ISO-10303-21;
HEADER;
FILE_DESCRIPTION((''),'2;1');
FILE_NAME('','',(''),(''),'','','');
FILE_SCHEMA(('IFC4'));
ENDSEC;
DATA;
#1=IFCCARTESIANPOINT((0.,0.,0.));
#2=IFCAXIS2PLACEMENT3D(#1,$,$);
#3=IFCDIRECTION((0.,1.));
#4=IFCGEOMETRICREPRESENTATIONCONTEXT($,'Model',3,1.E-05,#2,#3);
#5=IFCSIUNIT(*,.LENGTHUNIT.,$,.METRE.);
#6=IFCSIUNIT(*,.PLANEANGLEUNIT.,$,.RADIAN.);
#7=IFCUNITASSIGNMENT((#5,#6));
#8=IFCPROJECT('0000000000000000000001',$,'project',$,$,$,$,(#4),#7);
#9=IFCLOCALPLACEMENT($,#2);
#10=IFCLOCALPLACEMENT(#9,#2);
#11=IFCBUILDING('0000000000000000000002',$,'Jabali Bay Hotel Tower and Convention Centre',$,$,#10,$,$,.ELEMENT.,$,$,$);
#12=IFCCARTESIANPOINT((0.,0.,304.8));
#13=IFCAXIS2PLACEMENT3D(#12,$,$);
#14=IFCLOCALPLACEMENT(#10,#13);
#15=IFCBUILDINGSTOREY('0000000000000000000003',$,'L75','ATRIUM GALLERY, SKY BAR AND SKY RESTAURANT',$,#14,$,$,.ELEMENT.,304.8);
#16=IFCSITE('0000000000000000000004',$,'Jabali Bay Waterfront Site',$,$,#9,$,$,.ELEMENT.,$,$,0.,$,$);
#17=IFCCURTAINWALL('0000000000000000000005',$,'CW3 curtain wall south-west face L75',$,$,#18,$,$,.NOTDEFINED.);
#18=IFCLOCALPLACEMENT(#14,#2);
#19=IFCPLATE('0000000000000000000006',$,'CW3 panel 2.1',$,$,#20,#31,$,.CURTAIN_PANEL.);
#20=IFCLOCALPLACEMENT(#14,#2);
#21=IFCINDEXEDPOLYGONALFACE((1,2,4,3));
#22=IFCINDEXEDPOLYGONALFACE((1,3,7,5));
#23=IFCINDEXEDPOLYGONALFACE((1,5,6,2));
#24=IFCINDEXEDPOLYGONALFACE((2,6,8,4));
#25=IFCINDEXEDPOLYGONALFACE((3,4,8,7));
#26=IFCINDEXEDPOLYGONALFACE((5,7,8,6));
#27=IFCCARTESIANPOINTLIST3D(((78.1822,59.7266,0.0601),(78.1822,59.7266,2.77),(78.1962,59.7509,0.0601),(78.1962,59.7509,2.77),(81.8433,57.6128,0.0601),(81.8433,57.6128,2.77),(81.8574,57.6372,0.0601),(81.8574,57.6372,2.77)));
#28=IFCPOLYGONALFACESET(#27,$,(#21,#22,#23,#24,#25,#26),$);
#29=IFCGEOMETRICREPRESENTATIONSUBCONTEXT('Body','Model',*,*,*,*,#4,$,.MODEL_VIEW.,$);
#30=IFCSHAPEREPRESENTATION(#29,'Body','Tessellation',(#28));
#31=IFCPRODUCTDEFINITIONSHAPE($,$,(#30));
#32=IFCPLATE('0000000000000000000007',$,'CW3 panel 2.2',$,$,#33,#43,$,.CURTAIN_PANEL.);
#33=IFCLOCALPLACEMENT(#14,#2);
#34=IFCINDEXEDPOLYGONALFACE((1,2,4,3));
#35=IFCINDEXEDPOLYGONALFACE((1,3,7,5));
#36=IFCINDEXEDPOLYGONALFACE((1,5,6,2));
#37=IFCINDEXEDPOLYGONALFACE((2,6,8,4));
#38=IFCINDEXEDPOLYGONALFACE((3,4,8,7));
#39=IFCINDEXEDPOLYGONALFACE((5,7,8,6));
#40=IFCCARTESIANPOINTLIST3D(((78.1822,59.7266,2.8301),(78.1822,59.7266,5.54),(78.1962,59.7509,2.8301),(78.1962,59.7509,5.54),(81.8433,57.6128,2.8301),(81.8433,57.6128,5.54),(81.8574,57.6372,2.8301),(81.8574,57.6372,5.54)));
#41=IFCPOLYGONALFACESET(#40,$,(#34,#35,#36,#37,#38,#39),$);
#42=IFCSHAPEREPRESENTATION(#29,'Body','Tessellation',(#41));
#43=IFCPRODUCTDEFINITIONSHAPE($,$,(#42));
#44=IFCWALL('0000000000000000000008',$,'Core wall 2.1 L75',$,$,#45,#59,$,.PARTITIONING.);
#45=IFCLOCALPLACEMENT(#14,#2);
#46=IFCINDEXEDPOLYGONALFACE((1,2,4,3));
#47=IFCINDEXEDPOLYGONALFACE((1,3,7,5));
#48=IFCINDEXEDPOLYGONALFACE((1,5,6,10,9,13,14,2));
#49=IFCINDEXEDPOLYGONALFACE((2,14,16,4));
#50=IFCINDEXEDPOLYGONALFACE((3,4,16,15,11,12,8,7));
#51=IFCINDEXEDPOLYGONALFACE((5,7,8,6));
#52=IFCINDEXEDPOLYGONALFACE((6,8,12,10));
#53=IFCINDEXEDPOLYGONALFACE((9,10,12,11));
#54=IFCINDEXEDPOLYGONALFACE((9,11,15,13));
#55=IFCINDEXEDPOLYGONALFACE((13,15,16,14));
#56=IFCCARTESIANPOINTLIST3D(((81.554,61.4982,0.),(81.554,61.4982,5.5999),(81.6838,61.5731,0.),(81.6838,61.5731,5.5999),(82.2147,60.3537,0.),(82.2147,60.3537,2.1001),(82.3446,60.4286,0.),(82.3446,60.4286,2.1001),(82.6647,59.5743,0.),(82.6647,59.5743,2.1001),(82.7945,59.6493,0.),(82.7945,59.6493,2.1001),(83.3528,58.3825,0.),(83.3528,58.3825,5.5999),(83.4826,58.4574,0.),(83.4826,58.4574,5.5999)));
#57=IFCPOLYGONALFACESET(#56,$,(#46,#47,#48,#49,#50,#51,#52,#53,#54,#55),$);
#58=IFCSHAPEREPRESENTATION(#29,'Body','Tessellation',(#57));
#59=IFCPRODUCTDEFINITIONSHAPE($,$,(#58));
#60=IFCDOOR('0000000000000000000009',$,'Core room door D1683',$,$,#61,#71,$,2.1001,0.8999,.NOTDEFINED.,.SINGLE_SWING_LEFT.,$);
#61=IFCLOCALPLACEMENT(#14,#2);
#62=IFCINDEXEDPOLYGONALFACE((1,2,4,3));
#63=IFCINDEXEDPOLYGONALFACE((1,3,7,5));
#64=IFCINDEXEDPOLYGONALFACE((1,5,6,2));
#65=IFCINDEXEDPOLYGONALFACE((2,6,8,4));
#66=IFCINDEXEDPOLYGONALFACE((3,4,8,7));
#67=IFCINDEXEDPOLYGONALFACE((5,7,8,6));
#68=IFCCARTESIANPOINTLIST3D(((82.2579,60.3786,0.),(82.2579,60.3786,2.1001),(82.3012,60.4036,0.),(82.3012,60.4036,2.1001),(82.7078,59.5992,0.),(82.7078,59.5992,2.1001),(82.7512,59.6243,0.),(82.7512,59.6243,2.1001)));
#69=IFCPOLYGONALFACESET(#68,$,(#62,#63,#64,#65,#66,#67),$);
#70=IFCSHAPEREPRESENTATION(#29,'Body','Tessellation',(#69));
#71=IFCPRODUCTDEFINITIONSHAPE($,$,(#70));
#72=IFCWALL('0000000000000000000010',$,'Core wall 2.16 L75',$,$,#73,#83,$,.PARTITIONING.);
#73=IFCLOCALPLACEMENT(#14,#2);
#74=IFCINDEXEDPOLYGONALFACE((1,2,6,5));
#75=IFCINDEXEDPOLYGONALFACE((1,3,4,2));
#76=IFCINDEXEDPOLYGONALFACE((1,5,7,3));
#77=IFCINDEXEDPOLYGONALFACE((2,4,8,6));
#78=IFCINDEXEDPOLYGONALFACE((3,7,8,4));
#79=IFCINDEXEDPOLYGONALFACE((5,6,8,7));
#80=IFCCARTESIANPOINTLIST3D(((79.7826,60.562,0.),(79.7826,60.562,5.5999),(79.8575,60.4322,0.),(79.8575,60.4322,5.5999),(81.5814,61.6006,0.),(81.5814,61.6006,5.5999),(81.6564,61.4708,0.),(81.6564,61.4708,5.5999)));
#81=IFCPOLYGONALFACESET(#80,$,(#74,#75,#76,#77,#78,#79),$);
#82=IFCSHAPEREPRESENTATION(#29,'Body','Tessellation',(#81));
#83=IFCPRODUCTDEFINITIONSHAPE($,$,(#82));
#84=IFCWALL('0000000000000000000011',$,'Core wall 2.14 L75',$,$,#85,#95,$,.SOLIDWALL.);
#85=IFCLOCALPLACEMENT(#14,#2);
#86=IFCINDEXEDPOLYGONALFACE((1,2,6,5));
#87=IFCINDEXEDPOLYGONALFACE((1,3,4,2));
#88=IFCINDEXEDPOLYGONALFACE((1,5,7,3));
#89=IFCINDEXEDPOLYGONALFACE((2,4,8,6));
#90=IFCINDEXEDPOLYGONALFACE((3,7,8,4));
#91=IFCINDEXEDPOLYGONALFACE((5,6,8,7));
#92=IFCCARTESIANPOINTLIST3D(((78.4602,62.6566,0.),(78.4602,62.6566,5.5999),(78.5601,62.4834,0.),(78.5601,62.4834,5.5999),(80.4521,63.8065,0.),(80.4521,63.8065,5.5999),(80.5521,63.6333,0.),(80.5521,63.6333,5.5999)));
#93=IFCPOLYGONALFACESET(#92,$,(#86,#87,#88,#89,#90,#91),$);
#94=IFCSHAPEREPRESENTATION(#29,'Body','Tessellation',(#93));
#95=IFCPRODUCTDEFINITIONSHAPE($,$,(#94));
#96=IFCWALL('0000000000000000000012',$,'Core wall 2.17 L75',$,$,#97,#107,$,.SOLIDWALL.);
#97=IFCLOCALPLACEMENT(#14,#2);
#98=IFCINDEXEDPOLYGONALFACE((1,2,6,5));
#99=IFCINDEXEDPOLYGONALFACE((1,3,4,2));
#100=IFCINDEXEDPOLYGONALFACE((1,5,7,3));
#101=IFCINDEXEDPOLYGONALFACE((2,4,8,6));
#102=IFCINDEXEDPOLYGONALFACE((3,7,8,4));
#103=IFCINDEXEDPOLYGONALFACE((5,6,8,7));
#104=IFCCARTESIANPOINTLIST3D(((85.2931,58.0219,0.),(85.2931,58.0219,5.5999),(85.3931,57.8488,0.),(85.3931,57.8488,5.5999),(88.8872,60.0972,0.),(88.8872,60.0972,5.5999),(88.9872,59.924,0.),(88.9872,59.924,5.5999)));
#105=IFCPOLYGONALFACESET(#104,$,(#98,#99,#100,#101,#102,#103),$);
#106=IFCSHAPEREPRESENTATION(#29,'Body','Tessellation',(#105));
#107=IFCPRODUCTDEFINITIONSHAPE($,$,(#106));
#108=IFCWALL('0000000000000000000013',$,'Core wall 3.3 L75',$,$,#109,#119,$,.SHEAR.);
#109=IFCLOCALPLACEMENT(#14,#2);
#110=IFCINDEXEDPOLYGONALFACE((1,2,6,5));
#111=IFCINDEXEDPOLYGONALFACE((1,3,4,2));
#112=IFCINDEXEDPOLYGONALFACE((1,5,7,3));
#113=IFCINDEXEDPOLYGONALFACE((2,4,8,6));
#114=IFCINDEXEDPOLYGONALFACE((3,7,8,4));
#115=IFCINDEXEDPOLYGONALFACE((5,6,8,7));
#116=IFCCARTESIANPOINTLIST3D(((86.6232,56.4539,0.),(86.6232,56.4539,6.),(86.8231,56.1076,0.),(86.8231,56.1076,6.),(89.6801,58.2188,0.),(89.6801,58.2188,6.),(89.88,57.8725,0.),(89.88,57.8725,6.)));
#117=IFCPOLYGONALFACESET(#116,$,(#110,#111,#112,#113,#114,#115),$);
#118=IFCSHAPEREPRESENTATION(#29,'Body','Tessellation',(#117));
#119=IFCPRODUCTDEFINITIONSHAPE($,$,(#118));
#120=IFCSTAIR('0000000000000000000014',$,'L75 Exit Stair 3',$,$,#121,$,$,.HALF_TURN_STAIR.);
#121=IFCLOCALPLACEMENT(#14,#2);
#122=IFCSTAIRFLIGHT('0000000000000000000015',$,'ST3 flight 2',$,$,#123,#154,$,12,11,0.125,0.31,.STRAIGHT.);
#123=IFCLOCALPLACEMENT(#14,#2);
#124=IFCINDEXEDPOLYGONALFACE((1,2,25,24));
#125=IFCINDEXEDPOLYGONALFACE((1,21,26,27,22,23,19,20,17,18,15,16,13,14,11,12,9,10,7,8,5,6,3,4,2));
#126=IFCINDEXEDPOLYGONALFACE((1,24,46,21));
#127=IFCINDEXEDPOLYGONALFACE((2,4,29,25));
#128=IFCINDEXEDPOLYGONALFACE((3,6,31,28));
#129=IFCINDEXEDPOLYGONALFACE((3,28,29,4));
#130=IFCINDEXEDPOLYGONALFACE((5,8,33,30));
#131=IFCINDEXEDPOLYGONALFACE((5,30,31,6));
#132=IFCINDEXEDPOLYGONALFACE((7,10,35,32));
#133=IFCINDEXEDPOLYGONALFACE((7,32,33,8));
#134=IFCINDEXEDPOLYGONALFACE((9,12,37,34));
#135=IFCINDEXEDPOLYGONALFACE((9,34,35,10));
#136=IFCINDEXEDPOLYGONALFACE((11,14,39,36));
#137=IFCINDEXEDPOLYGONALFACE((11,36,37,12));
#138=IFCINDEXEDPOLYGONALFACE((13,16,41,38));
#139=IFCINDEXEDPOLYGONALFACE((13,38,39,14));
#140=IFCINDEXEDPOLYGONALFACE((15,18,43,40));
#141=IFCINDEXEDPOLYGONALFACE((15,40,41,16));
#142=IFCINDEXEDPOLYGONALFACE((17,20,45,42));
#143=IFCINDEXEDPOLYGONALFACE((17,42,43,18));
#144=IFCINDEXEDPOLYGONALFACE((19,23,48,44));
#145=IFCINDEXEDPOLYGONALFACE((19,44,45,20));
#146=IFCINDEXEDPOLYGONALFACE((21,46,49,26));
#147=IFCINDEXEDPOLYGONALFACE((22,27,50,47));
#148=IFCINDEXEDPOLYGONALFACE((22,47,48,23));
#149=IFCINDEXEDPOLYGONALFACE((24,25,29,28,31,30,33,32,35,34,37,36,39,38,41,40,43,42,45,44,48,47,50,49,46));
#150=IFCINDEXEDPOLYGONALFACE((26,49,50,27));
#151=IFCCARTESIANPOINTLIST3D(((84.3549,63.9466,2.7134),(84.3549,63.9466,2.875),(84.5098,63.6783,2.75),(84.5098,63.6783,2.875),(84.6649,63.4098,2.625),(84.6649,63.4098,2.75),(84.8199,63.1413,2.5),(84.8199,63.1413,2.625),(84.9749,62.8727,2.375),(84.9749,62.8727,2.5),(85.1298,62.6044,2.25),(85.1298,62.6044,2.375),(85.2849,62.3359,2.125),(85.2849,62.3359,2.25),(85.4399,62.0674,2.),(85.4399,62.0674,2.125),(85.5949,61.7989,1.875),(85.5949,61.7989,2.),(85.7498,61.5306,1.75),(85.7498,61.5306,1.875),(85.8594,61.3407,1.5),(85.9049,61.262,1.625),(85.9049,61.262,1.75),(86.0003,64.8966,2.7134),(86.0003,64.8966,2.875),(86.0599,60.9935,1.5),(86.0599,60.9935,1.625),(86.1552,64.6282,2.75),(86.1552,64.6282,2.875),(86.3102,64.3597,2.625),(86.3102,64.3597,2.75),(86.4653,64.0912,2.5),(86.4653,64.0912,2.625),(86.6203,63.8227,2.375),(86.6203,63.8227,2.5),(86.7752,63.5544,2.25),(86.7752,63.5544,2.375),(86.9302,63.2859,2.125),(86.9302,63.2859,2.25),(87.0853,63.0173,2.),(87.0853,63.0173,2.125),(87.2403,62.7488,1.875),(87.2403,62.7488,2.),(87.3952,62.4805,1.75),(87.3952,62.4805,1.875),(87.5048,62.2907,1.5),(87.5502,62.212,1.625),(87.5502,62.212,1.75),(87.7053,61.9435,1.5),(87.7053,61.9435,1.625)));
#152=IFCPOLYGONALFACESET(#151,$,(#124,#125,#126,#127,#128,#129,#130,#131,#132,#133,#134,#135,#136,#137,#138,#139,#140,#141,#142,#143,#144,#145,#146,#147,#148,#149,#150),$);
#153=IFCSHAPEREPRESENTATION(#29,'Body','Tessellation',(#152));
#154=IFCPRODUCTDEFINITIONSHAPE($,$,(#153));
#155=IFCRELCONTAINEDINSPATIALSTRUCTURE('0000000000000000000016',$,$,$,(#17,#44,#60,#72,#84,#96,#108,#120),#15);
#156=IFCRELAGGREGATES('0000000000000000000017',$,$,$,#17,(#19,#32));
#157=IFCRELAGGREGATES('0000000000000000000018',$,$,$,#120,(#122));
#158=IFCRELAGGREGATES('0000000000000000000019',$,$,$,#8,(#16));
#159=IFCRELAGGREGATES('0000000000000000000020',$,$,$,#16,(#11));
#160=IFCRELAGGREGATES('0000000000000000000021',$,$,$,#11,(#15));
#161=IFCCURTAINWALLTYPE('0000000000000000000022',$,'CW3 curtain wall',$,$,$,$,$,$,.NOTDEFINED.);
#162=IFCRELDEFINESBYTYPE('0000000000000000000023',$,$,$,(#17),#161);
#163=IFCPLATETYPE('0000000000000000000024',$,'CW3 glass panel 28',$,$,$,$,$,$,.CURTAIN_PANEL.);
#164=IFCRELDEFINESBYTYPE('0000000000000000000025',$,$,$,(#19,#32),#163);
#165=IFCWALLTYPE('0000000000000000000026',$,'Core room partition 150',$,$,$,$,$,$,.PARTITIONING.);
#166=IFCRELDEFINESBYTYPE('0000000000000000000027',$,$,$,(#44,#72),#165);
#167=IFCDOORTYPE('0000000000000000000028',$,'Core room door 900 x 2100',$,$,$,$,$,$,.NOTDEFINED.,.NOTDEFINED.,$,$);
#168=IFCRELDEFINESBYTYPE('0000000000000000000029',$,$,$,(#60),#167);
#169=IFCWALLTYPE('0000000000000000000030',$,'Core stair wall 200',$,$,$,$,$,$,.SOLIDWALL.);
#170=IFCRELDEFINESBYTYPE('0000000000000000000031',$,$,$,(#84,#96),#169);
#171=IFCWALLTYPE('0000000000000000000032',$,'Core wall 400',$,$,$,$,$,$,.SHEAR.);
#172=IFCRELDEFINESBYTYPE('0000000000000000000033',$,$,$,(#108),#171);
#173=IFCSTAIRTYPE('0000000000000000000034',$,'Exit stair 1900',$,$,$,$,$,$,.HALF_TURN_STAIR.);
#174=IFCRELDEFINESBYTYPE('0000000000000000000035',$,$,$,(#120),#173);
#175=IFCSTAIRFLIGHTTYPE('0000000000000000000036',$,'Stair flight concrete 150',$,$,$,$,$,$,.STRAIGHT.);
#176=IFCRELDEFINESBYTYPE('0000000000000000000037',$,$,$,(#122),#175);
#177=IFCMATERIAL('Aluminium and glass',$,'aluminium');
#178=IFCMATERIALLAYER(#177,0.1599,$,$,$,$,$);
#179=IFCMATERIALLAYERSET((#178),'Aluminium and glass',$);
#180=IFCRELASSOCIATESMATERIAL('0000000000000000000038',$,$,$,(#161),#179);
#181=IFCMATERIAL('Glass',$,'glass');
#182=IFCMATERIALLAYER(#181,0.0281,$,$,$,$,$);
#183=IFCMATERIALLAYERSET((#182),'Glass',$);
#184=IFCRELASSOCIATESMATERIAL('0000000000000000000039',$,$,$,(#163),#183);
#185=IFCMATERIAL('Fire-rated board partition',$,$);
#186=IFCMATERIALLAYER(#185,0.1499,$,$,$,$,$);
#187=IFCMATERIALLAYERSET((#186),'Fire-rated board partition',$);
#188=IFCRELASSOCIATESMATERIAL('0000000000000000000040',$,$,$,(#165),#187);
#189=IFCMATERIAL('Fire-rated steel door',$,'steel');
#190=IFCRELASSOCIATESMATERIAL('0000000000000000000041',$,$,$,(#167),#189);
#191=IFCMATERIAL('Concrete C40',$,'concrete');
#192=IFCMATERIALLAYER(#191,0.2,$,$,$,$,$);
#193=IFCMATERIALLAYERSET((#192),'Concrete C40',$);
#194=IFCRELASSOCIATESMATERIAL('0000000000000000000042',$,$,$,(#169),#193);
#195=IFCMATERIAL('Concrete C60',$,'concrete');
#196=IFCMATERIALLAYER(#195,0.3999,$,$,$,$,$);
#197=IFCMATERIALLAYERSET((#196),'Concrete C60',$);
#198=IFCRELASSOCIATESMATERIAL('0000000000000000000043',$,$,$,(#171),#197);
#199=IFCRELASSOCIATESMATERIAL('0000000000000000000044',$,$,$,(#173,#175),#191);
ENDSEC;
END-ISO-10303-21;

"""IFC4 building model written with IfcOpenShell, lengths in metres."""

from ifc_helpers import new_model, si_unit, direction, frame, frame_2d, origin, origin_2d, place, context, subcontext, project, spatial, polyline, rectangle, outline, extrude, material, layer, layer_set, type_object, element, fill, aggregate, save


model = new_model("IFC4")

# Units and contexts
model_context = context("Model", 3, precision=1e-05, world=origin(), true_north=direction((0.0, 1.0)))
body_context = subcontext(model_context, "Body", "Model", "MODEL_VIEW")
ifc_project = project(units=[si_unit("LENGTHUNIT", "METRE"), si_unit("PLANEANGLEUNIT", "RADIAN")], contexts=[model_context])

# Site, building, storey
site_placement = place(None, origin())
site = spatial("IfcSite", under=ifc_project, at=site_placement, Name="Jabali Bay Waterfront Site", CompositionType="ELEMENT", RefElevation=0.0)
building_placement = place(site_placement, origin())
building = spatial("IfcBuilding", under=site, at=building_placement, Name="Jabali Bay Hotel Tower and Convention Centre", CompositionType="ELEMENT")
storey_placement = place(building_placement, frame((0.0, 0.0, 304.8)))
storey = spatial("IfcBuildingStorey", under=building, at=storey_placement, Name="L75", Description="ATRIUM GALLERY, SKY BAR AND SKY RESTAURANT", CompositionType="ELEMENT", Elevation=304.8)

# Shared definitions
ifc_material_1 = material(Name="Concrete C60", Category="concrete")

# Curtain wall, plates
ifc_material_2 = material(Name="Aluminium and glass", Category="aluminium")
ifc_layer_1 = layer(ifc_material_2, 0.1599)
ifc_layer_set_1 = layer_set([ifc_layer_1], Name="Aluminium and glass")
curtain_wall_type = type_object("IfcCurtainWallType", Name="CW3 curtain wall", PredefinedType="NOTDEFINED", material=ifc_layer_set_1)
curtain_wall_placement = place(storey_placement, origin())
curtain_wall = element("IfcCurtainWall", 1, at=curtain_wall_placement, inside=storey, type_object=curtain_wall_type, Name="CW3 curtain wall south-west face L75", PredefinedType="NOTDEFINED")
ifc_material_3 = material(Name="Glass", Category="glass")
ifc_layer_2 = layer(ifc_material_3, 0.0281)
ifc_layer_set_2 = layer_set([ifc_layer_2], Name="Glass")
plate_type = type_object("IfcPlateType", Name="CW3 glass panel 28", PredefinedType="CURTAIN_PANEL", material=ifc_layer_set_2)
plate_1_placement = place(storey_placement, frame((80.0198, 58.6819, 0.0601), z_axis=(0.0, 0.0, 1.0), x_axis=(-0.866025, 0.5, 0.0)))
plate_1 = element("IfcPlate", 2, at=plate_1_placement, type_object=plate_type, Name="CW3 panel 2.1", PredefinedType="CURTAIN_PANEL", context=body_context, shape_type="SweptSolid", body=[
    extrude(rectangle(XDim=4.2275, YDim=0.0281, at=origin_2d()), origin(), (0.0, 0.0, 1.0), 2.71),
])
plate_2_placement = place(storey_placement, frame((80.0198, 58.6819, 2.8301), z_axis=(0.0, 0.0, 1.0), x_axis=(-0.866025, 0.5, 0.0)))
plate_2 = element("IfcPlate", 3, at=plate_2_placement, type_object=plate_type, Name="CW3 panel 2.2", PredefinedType="CURTAIN_PANEL", context=body_context, shape_type="SweptSolid", body=[
    extrude(rectangle(XDim=4.2275, YDim=0.0281, at=origin_2d()), origin(), (0.0, 0.0, 1.0), 2.71),
])
aggregate(curtain_wall, [plate_1, plate_2])

# Wall, opening, door
ifc_material_4 = material(Name="Fire-rated board partition")
ifc_layer_3 = layer(ifc_material_4, 0.1499)
ifc_layer_set_3 = layer_set([ifc_layer_3], Name="Fire-rated board partition")
wall_type_1 = type_object("IfcWallType", Name="Core room partition 150", PredefinedType="PARTITIONING", material=ifc_layer_set_3)
wall_1_placement = place(storey_placement, frame((81.6189, 61.5356, 0.0), z_axis=(0.0, 0.0, 1.0), x_axis=(0.499993, -0.86603, 0.0)))
wall_1 = element("IfcWall", 4, at=wall_1_placement, inside=storey, type_object=wall_type_1, Name="Core wall 2.1 L75", PredefinedType="PARTITIONING", context=body_context, shape_type="SweptSolid", body=[
    extrude(rectangle(XDim=3.5977, YDim=0.1499, at=frame_2d((1.7988, 0.0))), origin(), (0.0, 0.0, 1.0), 5.5999),
])
opening_placement = place(wall_1_placement, frame((1.3215, 0.0, 0.0)))
opening = element("IfcOpeningElement", 5, at=opening_placement, cuts=wall_1, PredefinedType="OPENING", context=body_context, shape_type="SweptSolid", body=[
    extrude(rectangle(XDim=0.8999, YDim=2.1001, at=frame_2d((0.45, 1.05))), frame((0.0, 0.0854, 0.0), z_axis=(0.0, -1.0, 0.0), x_axis=(1.0, 0.0, 0.0)), (0.0, 0.0, 1.0), 0.1709),
])
ifc_material_5 = material(Name="Fire-rated steel door", Category="steel")
door_type = type_object("IfcDoorType", Name="Core room door 900 x 2100", OperationType="NOTDEFINED", PredefinedType="NOTDEFINED", material=ifc_material_5)
door_placement = place(opening_placement, origin())
door = element("IfcDoor", 6, at=door_placement, inside=storey, type_object=door_type, Name="Core room door D1683", OperationType="SINGLE_SWING_LEFT", OverallHeight=2.1001, OverallWidth=0.8999, PredefinedType="NOTDEFINED", context=body_context, shape_type="SweptSolid", body=[
    extrude(rectangle(XDim=0.8999, YDim=2.1001, at=frame_2d((0.45, 1.05))), frame((0.0, 0.0249, 0.0), z_axis=(0.0, -1.0, 0.0), x_axis=(1.0, 0.0, 0.0)), (0.0, 0.0, 1.0), 0.05),
])
fill(opening, door)

# Walls
wall_2_placement = place(storey_placement, frame((79.8201, 60.4971, 0.0), z_axis=(0.0, 0.0, 1.0), x_axis=(0.866021, 0.500007, 0.0)))
element("IfcWall", 7, at=wall_2_placement, inside=storey, type_object=wall_type_1, Name="Core wall 2.16 L75", PredefinedType="PARTITIONING", context=body_context, shape_type="SweptSolid", body=[
    extrude(rectangle(XDim=2.0771, YDim=0.1499, at=frame_2d((1.0386, 0.0))), origin(), (0.0, 0.0, 1.0), 5.5999),
])
ifc_material_6 = material(Name="Concrete C40", Category="concrete")
ifc_layer_4 = layer(ifc_material_6, 0.2)
ifc_layer_set_4 = layer_set([ifc_layer_4], Name="Concrete C40")
wall_type_2 = type_object("IfcWallType", Name="Core stair wall 200", PredefinedType="SOLIDWALL", material=ifc_layer_set_4)
wall_3_placement = place(storey_placement, frame((78.5103, 62.5701, 0.0), z_axis=(0.0, 0.0, 1.0), x_axis=(0.866053, 0.499952, 0.0)))
element("IfcWall", 8, at=wall_3_placement, inside=storey, type_object=wall_type_2, Name="Core wall 2.14 L75", PredefinedType="SOLIDWALL", context=body_context, shape_type="SweptSolid", body=[
    extrude(rectangle(XDim=2.3, YDim=0.2, at=frame_2d((1.1499, 0.0))), origin(), (0.0, 0.0, 1.0), 5.5999),
])
wall_4_placement = place(storey_placement, frame((85.343, 57.9353, 0.0), z_axis=(0.0, 0.0, 1.0), x_axis=(0.866004, 0.500036, 0.0)))
element("IfcWall", 9, at=wall_4_placement, inside=storey, type_object=wall_type_2, Name="Core wall 2.17 L75", PredefinedType="SOLIDWALL", context=body_context, shape_type="SweptSolid", body=[
    extrude(rectangle(XDim=4.1501, YDim=0.2, at=frame_2d((2.0752, 0.0))), origin(), (0.0, 0.0, 1.0), 5.5999),
])
ifc_layer_5 = layer(ifc_material_1, 0.3999)
ifc_layer_set_5 = layer_set([ifc_layer_5], Name="Concrete C60")
wall_type_3 = type_object("IfcWallType", Name="Core wall 400", PredefinedType="SHEAR", material=ifc_layer_set_5)
wall_5_placement = place(storey_placement, frame((86.7231, 56.2808, 0.0), z_axis=(0.0, 0.0, 1.0), x_axis=(0.866025, 0.5, 0.0)))
element("IfcWall", 10, at=wall_5_placement, inside=storey, type_object=wall_type_3, Name="Core wall 3.3 L75", PredefinedType="SHEAR", context=body_context, shape_type="SweptSolid", body=[
    extrude(rectangle(XDim=3.5298, YDim=0.3999, at=frame_2d((1.7649, 0.0))), origin(), (0.0, 0.0, 1.0), 6.0),
])

# Stair, stair flight
stair_type = type_object("IfcStairType", Name="Exit stair 1900", PredefinedType="HALF_TURN_STAIR", material=ifc_material_6)
stair_placement = place(storey_placement, origin())
stair = element("IfcStair", 11, at=stair_placement, inside=storey, type_object=stair_type, Name="L75 Exit Stair 3", PredefinedType="HALF_TURN_STAIR")
stair_flight_type = type_object("IfcStairFlightType", Name="Stair flight concrete 150", PredefinedType="STRAIGHT", material=ifc_material_6)
stair_flight_1_placement = place(storey_placement, frame((86.8826, 61.4685, 1.5), z_axis=(0.0, 0.0, 1.0), x_axis=(-0.5, 0.866025, 0.0)))
stair_flight_1 = element("IfcStairFlight", 12, at=stair_flight_1_placement, type_object=stair_flight_type, Name="ST3 flight 2", NumberOfRisers=12, NumberOfTreads=11, PredefinedType="STRAIGHT", RiserHeight=0.125, TreadLength=0.31, context=body_context, shape_type="SweptSolid", body=[
    extrude(outline(polyline([(0.0, 0.0), (0.0, 0.125), (0.3101, 0.125), (0.3101, 0.25), (0.6201, 0.25), (0.6201, 0.375), (0.9299, 0.375), (0.9299, 0.5), (1.24, 0.5), (1.24, 0.625), (1.55, 0.625), (1.55, 0.75), (1.8601, 0.75), (1.8601, 0.875), (2.1699, 0.875), (2.1699, 1.0), (2.48, 1.0), (2.48, 1.125), (2.79, 1.125), (2.79, 1.25), (3.1001, 1.25), (3.1001, 1.375), (3.4099, 1.375), (3.4099, 1.5), (3.4099, 1.2134), (0.4009, 0.0), (0.0, 0.0)])), frame((0.0, 0.95, 0.0), z_axis=(0.0, -1.0, 0.0), x_axis=(1.0, 0.0, 0.0)), (0.0, 0.0, 1.0), 1.8999),
])
aggregate(stair, [stair_flight_1])

save(model, "model.ifc")
